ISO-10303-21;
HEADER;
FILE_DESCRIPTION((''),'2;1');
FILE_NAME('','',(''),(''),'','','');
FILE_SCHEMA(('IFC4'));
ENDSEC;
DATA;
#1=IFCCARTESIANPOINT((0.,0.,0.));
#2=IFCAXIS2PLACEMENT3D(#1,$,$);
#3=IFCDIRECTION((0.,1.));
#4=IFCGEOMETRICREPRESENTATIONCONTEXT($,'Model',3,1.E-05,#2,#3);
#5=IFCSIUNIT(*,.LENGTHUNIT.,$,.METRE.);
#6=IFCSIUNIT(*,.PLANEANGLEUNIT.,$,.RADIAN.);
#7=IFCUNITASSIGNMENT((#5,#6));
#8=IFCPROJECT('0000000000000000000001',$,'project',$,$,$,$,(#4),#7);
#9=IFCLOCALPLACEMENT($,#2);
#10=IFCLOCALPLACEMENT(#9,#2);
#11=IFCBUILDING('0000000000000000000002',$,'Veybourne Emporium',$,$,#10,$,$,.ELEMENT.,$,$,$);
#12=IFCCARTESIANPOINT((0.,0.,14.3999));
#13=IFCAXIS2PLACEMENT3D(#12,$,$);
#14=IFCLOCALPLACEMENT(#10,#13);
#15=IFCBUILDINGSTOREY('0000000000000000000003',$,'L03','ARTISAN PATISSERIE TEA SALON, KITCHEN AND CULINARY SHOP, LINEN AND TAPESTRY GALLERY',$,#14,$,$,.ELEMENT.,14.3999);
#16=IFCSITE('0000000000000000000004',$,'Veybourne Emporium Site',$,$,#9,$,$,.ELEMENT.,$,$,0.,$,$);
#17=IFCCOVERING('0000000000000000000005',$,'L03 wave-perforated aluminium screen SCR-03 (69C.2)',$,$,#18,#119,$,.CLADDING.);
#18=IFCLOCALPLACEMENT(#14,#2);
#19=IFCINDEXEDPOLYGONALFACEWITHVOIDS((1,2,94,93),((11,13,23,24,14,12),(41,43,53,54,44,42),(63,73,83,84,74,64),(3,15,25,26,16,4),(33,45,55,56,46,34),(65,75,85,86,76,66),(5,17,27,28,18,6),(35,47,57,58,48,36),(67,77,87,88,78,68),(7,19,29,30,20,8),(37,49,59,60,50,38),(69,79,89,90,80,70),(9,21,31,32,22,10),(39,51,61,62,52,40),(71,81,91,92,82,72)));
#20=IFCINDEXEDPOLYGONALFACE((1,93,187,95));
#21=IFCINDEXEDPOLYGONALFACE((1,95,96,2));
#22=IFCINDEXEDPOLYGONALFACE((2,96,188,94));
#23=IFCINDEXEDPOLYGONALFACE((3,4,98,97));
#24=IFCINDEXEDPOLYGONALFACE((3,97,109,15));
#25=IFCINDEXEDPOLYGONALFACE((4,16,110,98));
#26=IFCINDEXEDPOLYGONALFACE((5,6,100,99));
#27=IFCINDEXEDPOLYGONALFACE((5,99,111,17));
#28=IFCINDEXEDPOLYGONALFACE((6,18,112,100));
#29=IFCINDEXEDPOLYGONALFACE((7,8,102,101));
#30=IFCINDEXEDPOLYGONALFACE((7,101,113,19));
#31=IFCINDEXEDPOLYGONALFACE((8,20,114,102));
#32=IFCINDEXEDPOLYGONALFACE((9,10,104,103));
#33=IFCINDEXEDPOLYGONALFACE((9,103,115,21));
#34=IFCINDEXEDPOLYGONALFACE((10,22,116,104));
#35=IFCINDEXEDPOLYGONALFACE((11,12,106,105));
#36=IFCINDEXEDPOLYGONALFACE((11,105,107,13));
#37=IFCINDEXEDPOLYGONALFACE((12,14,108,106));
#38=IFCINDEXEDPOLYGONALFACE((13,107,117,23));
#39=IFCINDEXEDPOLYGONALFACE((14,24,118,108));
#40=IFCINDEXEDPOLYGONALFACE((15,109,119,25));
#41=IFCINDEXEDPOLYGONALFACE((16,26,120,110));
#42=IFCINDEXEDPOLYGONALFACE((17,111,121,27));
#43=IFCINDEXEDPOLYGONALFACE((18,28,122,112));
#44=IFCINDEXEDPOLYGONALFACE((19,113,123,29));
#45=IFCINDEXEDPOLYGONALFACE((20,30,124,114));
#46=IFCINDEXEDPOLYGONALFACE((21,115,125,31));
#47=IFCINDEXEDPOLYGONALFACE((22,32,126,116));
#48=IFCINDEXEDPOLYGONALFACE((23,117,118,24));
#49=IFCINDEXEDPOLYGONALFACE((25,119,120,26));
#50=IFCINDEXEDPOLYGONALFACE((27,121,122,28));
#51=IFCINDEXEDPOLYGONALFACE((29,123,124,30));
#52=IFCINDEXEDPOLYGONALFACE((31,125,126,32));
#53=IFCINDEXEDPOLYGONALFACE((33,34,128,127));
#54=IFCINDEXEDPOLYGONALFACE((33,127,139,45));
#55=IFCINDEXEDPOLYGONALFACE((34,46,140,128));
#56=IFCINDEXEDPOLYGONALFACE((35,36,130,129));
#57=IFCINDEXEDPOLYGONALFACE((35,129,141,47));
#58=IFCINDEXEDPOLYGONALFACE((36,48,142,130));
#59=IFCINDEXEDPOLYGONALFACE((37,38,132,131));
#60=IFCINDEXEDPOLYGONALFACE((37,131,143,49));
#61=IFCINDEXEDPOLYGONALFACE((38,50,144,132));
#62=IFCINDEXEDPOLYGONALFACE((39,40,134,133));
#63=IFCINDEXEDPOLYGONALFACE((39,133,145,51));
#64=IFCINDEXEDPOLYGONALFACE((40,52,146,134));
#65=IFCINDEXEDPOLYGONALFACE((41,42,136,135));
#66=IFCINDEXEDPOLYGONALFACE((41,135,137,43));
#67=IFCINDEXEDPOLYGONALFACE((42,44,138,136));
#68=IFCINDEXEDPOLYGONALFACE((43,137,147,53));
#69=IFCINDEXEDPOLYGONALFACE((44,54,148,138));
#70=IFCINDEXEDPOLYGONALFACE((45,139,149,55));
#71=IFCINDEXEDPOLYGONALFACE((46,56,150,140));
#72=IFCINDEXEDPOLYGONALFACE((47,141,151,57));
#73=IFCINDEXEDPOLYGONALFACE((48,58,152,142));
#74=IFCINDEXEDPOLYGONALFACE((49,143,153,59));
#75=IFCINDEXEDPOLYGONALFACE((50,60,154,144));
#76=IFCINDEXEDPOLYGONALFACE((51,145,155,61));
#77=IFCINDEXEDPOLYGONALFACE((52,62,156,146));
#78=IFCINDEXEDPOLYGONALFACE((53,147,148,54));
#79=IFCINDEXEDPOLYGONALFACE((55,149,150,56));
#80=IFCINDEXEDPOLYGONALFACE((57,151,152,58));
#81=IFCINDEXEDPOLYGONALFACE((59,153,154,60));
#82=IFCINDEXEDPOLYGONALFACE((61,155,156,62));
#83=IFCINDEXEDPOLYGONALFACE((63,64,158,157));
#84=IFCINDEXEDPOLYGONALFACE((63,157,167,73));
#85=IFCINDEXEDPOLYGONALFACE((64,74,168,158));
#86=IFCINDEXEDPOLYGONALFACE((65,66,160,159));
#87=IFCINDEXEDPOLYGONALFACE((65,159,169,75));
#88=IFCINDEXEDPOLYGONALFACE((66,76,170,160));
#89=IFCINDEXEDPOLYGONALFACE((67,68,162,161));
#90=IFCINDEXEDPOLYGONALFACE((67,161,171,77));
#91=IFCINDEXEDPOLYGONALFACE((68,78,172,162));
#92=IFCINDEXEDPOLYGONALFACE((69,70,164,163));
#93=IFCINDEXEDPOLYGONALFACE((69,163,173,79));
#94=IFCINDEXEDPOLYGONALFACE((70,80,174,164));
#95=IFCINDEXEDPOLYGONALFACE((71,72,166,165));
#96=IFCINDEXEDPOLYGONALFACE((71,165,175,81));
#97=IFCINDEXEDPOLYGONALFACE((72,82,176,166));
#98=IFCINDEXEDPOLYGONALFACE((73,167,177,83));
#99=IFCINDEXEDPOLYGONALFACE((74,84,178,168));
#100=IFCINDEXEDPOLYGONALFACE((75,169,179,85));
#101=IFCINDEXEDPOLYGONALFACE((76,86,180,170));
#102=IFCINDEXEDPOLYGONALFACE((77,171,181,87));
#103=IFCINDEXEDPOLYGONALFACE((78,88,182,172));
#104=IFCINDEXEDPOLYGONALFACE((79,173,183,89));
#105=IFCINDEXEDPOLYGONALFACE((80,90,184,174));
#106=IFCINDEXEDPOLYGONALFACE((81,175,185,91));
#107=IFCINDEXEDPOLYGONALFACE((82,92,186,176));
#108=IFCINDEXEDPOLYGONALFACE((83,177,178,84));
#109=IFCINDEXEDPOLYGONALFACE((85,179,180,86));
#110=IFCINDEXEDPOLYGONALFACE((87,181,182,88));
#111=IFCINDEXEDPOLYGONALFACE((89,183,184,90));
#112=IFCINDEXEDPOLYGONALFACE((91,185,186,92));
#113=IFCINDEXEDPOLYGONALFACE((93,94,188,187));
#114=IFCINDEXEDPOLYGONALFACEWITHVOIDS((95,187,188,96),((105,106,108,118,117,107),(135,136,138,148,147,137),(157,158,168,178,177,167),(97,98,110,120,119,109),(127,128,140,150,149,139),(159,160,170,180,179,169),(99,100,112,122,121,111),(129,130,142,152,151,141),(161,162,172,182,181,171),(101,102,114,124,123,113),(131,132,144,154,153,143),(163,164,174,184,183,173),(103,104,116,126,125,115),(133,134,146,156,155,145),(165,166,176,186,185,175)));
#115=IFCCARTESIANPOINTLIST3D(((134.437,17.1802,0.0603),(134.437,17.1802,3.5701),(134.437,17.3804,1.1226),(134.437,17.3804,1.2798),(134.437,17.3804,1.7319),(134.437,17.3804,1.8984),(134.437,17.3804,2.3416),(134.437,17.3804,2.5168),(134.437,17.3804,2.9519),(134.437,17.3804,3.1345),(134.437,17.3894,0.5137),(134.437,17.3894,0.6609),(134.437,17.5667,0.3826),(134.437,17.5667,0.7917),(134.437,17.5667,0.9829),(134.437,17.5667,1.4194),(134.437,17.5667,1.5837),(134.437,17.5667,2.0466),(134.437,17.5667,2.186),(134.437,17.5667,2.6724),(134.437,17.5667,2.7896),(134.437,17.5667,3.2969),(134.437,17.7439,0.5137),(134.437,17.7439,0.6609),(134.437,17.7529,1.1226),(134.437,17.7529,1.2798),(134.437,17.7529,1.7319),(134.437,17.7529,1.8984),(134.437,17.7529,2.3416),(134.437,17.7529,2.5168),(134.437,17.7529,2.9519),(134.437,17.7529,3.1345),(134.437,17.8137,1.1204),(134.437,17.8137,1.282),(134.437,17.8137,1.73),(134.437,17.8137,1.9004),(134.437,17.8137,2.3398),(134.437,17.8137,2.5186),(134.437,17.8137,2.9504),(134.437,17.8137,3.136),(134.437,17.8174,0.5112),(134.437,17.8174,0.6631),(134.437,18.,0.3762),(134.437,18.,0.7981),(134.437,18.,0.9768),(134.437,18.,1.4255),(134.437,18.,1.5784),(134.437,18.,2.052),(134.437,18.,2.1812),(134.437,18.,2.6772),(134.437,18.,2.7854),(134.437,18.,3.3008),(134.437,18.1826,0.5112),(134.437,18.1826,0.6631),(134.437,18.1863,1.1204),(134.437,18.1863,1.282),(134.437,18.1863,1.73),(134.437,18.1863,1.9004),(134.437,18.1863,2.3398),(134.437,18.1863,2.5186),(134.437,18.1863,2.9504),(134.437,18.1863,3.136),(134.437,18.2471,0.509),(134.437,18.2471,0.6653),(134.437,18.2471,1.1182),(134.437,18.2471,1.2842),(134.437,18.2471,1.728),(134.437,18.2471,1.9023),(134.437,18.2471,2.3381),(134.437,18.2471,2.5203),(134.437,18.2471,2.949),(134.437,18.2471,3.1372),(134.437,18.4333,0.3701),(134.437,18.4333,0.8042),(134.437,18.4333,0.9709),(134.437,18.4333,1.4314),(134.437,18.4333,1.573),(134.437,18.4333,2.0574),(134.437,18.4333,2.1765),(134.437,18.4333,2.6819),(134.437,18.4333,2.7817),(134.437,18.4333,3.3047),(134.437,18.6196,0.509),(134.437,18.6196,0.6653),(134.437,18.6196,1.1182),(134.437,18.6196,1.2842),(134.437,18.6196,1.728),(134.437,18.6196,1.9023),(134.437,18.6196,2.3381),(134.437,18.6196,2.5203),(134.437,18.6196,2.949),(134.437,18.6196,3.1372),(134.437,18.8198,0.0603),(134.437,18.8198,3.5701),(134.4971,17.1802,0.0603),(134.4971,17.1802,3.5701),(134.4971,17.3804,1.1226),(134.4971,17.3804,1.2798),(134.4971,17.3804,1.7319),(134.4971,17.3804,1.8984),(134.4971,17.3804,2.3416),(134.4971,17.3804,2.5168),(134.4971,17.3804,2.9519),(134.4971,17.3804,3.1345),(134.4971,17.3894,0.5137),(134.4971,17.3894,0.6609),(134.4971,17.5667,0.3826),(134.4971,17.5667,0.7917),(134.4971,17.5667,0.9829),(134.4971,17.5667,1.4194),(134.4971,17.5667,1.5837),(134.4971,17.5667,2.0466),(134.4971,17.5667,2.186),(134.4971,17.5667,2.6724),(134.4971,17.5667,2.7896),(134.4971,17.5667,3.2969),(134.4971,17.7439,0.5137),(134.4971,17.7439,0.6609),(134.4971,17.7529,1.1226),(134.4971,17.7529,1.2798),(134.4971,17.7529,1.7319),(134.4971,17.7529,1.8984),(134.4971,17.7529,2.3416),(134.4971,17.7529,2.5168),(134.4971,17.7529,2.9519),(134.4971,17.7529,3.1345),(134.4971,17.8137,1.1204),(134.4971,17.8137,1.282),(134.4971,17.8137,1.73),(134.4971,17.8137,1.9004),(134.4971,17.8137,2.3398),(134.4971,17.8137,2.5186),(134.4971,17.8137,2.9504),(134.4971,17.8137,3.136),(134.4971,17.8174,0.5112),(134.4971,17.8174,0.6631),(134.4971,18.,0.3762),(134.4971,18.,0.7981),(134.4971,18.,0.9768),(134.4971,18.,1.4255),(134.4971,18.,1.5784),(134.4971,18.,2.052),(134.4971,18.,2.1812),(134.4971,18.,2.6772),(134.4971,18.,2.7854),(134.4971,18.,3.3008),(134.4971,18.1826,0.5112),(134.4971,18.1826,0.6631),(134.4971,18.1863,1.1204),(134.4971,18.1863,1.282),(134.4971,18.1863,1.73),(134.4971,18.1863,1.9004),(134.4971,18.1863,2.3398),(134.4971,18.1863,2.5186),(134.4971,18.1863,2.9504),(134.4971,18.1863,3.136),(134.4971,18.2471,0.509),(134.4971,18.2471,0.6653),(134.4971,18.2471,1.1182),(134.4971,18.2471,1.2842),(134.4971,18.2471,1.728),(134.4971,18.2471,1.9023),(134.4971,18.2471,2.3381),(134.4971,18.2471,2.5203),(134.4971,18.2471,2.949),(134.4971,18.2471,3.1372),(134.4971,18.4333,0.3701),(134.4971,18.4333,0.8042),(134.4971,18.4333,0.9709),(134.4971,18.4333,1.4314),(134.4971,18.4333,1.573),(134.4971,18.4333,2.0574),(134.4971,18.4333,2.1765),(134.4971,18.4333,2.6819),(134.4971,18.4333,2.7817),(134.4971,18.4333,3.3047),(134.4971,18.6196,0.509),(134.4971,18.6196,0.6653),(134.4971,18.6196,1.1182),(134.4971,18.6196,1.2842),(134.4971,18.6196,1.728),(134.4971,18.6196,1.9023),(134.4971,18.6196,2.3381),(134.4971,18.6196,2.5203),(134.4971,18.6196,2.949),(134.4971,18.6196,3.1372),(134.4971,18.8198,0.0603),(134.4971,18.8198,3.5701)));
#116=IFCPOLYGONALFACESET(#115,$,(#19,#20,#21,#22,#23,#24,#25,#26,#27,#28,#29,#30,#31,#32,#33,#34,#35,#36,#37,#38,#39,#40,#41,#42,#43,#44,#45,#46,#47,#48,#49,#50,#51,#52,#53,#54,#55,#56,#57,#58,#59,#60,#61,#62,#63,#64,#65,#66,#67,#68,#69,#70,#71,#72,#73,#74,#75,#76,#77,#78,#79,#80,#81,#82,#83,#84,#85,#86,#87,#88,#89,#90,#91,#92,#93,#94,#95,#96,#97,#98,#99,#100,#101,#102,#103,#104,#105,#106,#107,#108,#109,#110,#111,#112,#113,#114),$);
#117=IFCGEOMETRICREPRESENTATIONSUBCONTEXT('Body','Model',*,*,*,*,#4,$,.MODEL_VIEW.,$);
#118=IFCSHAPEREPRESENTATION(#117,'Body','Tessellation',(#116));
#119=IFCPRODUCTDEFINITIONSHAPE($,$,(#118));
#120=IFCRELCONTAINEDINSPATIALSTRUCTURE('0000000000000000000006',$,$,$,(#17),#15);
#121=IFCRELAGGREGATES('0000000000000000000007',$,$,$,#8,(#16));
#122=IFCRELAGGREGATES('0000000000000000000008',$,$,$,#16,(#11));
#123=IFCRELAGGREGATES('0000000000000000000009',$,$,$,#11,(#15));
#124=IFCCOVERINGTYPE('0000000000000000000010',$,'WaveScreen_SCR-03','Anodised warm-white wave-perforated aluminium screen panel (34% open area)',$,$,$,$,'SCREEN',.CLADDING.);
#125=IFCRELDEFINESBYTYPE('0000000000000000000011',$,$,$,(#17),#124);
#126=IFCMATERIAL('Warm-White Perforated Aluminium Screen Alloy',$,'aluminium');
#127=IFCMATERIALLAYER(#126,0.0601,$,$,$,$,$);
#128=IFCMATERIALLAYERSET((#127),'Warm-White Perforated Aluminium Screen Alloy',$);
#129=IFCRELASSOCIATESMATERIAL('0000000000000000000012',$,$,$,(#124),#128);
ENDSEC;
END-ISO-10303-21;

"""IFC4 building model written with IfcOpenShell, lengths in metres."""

from ifc_helpers import new_model, si_unit, direction, frame, origin, place, context, subcontext, project, spatial, polyline, outline, extrude, material, layer, layer_set, type_object, element, save


model = new_model("IFC4")

# Units and contexts
model_context = context("Model", 3, precision=1e-05, world=origin(), true_north=direction((0.0, 1.0)))
body_context = subcontext(model_context, "Body", "Model", "MODEL_VIEW")
ifc_project = project(units=[si_unit("LENGTHUNIT", "METRE"), si_unit("PLANEANGLEUNIT", "RADIAN")], contexts=[model_context])

# Site, building, storey
site_placement = place(None, origin())
site = spatial("IfcSite", under=ifc_project, at=site_placement, Name="Veybourne Emporium Site", CompositionType="ELEMENT", RefElevation=0.0)
building_placement = place(site_placement, origin())
building = spatial("IfcBuilding", under=site, at=building_placement, Name="Veybourne Emporium", CompositionType="ELEMENT")
storey_placement = place(building_placement, frame((0.0, 0.0, 14.3999)))
storey = spatial("IfcBuildingStorey", under=building, at=storey_placement, Name="L03", Description="ARTISAN PATISSERIE TEA SALON, KITCHEN AND CULINARY SHOP, LINEN AND TAPESTRY GALLERY", CompositionType="ELEMENT", Elevation=14.3999)

# Covering
ifc_material_1 = material(Name="Warm-White Perforated Aluminium Screen Alloy", Category="aluminium")
ifc_layer_1 = layer(ifc_material_1, 0.0601)
ifc_layer_set_1 = layer_set([ifc_layer_1], Name="Warm-White Perforated Aluminium Screen Alloy")
covering_type_1 = type_object("IfcCoveringType", Name="WaveScreen_SCR-03", Description="Anodised warm-white wave-perforated aluminium screen panel (34% open area)", ElementType="SCREEN", PredefinedType="CLADDING", material=ifc_layer_set_1)
covering_1_placement = place(storey_placement, frame((134.4971, 18.0, 1.8152), z_axis=(-1.0, 0.0, 0.0), x_axis=(0.0, -1.0, 0.0)))
element("IfcCovering", 1, at=covering_1_placement, inside=storey, type_object=covering_type_1, Name="L03 wave-perforated aluminium screen SCR-03 (69C.2)", PredefinedType="CLADDING", context=body_context, shape_type="SweptSolid", body=[
    extrude(outline(polyline([(-0.8198, -1.7549), (0.8198, -1.7549), (0.8198, 1.7549), (-0.8198, 1.7549), (-0.8198, -1.7549)]), holes=[polyline([(-0.4333, -1.011), (-0.2471, -1.1499), (-0.2471, -1.3062), (-0.4333, -1.4451), (-0.6196, -1.3062), (-0.6196, -1.1499), (-0.4333, -1.011)]), polyline([(-0.4333, -0.3838), (-0.2471, -0.531), (-0.2471, -0.697), (-0.4333, -0.8442), (-0.6196, -0.697), (-0.6196, -0.531), (-0.4333, -0.3838)]), polyline([(-0.4333, 0.2422), (-0.2471, 0.0872), (-0.2471, -0.0872), (-0.4333, -0.2422), (-0.6196, -0.0872), (-0.6196, 0.0872), (-0.4333, 0.2422)]), polyline([(-0.4333, 0.8667), (-0.2471, 0.7051), (-0.2471, 0.5229), (-0.4333, 0.3613), (-0.6196, 0.5229), (-0.6196, 0.7051), (-0.4333, 0.8667)]), polyline([(-0.4333, 1.4895), (-0.2471, 1.322), (-0.2471, 1.1338), (-0.4333, 0.9666), (-0.6196, 1.1338), (-0.6196, 1.322), (-0.4333, 1.4895)]), polyline([(0.0, -1.0171), (0.1826, -1.1521), (0.1826, -1.304), (0.0, -1.439), (-0.1826, -1.304), (-0.1826, -1.1521), (0.0, -1.0171)]), polyline([(0.0, -0.3896), (0.1863, -0.5332), (0.1863, -0.6948), (0.0, -0.8384), (-0.1863, -0.6948), (-0.1863, -0.5332), (0.0, -0.3896)]), polyline([(0.0, 0.2368), (0.1863, 0.0852), (0.1863, -0.0852), (0.0, -0.2368), (-0.1863, -0.0852), (-0.1863, 0.0852), (0.0, 0.2368)]), polyline([(0.0, 0.8621), (0.1863, 0.7034), (0.1863, 0.5247), (0.0, 0.366), (-0.1863, 0.5247), (-0.1863, 0.7034), (0.0, 0.8621)]), polyline([(0.0, 1.4856), (0.1863, 1.3208), (0.1863, 1.1353), (0.0, 0.9702), (-0.1863, 1.1353), (-0.1863, 1.3208), (0.0, 1.4856)]), polyline([(0.4333, -1.0234), (0.6106, -1.1543), (0.6106, -1.3015), (0.4333, -1.4326), (0.2561, -1.3015), (0.2561, -1.1543), (0.4333, -1.0234)]), polyline([(0.4333, -0.3958), (0.6196, -0.5354), (0.6196, -0.6926), (0.4333, -0.8323), (0.2471, -0.6926), (0.2471, -0.5354), (0.4333, -0.3958)]), polyline([(0.4333, 0.2314), (0.6196, 0.0833), (0.6196, -0.0833), (0.4333, -0.2314), (0.2471, -0.0833), (0.2471, 0.0833), (0.4333, 0.2314)]), polyline([(0.4333, 0.8572), (0.6196, 0.7017), (0.6196, 0.5264), (0.4333, 0.3708), (0.2471, 0.5264), (0.2471, 0.7017), (0.4333, 0.8572)]), polyline([(0.4333, 1.4817), (0.6196, 1.3193), (0.6196, 1.1367), (0.4333, 0.9744), (0.2471, 1.1367), (0.2471, 1.3193), (0.4333, 1.4817)])]), origin(), (0.0, 0.0, 1.0), 0.0601),
])

save(model, "model.ifc")
